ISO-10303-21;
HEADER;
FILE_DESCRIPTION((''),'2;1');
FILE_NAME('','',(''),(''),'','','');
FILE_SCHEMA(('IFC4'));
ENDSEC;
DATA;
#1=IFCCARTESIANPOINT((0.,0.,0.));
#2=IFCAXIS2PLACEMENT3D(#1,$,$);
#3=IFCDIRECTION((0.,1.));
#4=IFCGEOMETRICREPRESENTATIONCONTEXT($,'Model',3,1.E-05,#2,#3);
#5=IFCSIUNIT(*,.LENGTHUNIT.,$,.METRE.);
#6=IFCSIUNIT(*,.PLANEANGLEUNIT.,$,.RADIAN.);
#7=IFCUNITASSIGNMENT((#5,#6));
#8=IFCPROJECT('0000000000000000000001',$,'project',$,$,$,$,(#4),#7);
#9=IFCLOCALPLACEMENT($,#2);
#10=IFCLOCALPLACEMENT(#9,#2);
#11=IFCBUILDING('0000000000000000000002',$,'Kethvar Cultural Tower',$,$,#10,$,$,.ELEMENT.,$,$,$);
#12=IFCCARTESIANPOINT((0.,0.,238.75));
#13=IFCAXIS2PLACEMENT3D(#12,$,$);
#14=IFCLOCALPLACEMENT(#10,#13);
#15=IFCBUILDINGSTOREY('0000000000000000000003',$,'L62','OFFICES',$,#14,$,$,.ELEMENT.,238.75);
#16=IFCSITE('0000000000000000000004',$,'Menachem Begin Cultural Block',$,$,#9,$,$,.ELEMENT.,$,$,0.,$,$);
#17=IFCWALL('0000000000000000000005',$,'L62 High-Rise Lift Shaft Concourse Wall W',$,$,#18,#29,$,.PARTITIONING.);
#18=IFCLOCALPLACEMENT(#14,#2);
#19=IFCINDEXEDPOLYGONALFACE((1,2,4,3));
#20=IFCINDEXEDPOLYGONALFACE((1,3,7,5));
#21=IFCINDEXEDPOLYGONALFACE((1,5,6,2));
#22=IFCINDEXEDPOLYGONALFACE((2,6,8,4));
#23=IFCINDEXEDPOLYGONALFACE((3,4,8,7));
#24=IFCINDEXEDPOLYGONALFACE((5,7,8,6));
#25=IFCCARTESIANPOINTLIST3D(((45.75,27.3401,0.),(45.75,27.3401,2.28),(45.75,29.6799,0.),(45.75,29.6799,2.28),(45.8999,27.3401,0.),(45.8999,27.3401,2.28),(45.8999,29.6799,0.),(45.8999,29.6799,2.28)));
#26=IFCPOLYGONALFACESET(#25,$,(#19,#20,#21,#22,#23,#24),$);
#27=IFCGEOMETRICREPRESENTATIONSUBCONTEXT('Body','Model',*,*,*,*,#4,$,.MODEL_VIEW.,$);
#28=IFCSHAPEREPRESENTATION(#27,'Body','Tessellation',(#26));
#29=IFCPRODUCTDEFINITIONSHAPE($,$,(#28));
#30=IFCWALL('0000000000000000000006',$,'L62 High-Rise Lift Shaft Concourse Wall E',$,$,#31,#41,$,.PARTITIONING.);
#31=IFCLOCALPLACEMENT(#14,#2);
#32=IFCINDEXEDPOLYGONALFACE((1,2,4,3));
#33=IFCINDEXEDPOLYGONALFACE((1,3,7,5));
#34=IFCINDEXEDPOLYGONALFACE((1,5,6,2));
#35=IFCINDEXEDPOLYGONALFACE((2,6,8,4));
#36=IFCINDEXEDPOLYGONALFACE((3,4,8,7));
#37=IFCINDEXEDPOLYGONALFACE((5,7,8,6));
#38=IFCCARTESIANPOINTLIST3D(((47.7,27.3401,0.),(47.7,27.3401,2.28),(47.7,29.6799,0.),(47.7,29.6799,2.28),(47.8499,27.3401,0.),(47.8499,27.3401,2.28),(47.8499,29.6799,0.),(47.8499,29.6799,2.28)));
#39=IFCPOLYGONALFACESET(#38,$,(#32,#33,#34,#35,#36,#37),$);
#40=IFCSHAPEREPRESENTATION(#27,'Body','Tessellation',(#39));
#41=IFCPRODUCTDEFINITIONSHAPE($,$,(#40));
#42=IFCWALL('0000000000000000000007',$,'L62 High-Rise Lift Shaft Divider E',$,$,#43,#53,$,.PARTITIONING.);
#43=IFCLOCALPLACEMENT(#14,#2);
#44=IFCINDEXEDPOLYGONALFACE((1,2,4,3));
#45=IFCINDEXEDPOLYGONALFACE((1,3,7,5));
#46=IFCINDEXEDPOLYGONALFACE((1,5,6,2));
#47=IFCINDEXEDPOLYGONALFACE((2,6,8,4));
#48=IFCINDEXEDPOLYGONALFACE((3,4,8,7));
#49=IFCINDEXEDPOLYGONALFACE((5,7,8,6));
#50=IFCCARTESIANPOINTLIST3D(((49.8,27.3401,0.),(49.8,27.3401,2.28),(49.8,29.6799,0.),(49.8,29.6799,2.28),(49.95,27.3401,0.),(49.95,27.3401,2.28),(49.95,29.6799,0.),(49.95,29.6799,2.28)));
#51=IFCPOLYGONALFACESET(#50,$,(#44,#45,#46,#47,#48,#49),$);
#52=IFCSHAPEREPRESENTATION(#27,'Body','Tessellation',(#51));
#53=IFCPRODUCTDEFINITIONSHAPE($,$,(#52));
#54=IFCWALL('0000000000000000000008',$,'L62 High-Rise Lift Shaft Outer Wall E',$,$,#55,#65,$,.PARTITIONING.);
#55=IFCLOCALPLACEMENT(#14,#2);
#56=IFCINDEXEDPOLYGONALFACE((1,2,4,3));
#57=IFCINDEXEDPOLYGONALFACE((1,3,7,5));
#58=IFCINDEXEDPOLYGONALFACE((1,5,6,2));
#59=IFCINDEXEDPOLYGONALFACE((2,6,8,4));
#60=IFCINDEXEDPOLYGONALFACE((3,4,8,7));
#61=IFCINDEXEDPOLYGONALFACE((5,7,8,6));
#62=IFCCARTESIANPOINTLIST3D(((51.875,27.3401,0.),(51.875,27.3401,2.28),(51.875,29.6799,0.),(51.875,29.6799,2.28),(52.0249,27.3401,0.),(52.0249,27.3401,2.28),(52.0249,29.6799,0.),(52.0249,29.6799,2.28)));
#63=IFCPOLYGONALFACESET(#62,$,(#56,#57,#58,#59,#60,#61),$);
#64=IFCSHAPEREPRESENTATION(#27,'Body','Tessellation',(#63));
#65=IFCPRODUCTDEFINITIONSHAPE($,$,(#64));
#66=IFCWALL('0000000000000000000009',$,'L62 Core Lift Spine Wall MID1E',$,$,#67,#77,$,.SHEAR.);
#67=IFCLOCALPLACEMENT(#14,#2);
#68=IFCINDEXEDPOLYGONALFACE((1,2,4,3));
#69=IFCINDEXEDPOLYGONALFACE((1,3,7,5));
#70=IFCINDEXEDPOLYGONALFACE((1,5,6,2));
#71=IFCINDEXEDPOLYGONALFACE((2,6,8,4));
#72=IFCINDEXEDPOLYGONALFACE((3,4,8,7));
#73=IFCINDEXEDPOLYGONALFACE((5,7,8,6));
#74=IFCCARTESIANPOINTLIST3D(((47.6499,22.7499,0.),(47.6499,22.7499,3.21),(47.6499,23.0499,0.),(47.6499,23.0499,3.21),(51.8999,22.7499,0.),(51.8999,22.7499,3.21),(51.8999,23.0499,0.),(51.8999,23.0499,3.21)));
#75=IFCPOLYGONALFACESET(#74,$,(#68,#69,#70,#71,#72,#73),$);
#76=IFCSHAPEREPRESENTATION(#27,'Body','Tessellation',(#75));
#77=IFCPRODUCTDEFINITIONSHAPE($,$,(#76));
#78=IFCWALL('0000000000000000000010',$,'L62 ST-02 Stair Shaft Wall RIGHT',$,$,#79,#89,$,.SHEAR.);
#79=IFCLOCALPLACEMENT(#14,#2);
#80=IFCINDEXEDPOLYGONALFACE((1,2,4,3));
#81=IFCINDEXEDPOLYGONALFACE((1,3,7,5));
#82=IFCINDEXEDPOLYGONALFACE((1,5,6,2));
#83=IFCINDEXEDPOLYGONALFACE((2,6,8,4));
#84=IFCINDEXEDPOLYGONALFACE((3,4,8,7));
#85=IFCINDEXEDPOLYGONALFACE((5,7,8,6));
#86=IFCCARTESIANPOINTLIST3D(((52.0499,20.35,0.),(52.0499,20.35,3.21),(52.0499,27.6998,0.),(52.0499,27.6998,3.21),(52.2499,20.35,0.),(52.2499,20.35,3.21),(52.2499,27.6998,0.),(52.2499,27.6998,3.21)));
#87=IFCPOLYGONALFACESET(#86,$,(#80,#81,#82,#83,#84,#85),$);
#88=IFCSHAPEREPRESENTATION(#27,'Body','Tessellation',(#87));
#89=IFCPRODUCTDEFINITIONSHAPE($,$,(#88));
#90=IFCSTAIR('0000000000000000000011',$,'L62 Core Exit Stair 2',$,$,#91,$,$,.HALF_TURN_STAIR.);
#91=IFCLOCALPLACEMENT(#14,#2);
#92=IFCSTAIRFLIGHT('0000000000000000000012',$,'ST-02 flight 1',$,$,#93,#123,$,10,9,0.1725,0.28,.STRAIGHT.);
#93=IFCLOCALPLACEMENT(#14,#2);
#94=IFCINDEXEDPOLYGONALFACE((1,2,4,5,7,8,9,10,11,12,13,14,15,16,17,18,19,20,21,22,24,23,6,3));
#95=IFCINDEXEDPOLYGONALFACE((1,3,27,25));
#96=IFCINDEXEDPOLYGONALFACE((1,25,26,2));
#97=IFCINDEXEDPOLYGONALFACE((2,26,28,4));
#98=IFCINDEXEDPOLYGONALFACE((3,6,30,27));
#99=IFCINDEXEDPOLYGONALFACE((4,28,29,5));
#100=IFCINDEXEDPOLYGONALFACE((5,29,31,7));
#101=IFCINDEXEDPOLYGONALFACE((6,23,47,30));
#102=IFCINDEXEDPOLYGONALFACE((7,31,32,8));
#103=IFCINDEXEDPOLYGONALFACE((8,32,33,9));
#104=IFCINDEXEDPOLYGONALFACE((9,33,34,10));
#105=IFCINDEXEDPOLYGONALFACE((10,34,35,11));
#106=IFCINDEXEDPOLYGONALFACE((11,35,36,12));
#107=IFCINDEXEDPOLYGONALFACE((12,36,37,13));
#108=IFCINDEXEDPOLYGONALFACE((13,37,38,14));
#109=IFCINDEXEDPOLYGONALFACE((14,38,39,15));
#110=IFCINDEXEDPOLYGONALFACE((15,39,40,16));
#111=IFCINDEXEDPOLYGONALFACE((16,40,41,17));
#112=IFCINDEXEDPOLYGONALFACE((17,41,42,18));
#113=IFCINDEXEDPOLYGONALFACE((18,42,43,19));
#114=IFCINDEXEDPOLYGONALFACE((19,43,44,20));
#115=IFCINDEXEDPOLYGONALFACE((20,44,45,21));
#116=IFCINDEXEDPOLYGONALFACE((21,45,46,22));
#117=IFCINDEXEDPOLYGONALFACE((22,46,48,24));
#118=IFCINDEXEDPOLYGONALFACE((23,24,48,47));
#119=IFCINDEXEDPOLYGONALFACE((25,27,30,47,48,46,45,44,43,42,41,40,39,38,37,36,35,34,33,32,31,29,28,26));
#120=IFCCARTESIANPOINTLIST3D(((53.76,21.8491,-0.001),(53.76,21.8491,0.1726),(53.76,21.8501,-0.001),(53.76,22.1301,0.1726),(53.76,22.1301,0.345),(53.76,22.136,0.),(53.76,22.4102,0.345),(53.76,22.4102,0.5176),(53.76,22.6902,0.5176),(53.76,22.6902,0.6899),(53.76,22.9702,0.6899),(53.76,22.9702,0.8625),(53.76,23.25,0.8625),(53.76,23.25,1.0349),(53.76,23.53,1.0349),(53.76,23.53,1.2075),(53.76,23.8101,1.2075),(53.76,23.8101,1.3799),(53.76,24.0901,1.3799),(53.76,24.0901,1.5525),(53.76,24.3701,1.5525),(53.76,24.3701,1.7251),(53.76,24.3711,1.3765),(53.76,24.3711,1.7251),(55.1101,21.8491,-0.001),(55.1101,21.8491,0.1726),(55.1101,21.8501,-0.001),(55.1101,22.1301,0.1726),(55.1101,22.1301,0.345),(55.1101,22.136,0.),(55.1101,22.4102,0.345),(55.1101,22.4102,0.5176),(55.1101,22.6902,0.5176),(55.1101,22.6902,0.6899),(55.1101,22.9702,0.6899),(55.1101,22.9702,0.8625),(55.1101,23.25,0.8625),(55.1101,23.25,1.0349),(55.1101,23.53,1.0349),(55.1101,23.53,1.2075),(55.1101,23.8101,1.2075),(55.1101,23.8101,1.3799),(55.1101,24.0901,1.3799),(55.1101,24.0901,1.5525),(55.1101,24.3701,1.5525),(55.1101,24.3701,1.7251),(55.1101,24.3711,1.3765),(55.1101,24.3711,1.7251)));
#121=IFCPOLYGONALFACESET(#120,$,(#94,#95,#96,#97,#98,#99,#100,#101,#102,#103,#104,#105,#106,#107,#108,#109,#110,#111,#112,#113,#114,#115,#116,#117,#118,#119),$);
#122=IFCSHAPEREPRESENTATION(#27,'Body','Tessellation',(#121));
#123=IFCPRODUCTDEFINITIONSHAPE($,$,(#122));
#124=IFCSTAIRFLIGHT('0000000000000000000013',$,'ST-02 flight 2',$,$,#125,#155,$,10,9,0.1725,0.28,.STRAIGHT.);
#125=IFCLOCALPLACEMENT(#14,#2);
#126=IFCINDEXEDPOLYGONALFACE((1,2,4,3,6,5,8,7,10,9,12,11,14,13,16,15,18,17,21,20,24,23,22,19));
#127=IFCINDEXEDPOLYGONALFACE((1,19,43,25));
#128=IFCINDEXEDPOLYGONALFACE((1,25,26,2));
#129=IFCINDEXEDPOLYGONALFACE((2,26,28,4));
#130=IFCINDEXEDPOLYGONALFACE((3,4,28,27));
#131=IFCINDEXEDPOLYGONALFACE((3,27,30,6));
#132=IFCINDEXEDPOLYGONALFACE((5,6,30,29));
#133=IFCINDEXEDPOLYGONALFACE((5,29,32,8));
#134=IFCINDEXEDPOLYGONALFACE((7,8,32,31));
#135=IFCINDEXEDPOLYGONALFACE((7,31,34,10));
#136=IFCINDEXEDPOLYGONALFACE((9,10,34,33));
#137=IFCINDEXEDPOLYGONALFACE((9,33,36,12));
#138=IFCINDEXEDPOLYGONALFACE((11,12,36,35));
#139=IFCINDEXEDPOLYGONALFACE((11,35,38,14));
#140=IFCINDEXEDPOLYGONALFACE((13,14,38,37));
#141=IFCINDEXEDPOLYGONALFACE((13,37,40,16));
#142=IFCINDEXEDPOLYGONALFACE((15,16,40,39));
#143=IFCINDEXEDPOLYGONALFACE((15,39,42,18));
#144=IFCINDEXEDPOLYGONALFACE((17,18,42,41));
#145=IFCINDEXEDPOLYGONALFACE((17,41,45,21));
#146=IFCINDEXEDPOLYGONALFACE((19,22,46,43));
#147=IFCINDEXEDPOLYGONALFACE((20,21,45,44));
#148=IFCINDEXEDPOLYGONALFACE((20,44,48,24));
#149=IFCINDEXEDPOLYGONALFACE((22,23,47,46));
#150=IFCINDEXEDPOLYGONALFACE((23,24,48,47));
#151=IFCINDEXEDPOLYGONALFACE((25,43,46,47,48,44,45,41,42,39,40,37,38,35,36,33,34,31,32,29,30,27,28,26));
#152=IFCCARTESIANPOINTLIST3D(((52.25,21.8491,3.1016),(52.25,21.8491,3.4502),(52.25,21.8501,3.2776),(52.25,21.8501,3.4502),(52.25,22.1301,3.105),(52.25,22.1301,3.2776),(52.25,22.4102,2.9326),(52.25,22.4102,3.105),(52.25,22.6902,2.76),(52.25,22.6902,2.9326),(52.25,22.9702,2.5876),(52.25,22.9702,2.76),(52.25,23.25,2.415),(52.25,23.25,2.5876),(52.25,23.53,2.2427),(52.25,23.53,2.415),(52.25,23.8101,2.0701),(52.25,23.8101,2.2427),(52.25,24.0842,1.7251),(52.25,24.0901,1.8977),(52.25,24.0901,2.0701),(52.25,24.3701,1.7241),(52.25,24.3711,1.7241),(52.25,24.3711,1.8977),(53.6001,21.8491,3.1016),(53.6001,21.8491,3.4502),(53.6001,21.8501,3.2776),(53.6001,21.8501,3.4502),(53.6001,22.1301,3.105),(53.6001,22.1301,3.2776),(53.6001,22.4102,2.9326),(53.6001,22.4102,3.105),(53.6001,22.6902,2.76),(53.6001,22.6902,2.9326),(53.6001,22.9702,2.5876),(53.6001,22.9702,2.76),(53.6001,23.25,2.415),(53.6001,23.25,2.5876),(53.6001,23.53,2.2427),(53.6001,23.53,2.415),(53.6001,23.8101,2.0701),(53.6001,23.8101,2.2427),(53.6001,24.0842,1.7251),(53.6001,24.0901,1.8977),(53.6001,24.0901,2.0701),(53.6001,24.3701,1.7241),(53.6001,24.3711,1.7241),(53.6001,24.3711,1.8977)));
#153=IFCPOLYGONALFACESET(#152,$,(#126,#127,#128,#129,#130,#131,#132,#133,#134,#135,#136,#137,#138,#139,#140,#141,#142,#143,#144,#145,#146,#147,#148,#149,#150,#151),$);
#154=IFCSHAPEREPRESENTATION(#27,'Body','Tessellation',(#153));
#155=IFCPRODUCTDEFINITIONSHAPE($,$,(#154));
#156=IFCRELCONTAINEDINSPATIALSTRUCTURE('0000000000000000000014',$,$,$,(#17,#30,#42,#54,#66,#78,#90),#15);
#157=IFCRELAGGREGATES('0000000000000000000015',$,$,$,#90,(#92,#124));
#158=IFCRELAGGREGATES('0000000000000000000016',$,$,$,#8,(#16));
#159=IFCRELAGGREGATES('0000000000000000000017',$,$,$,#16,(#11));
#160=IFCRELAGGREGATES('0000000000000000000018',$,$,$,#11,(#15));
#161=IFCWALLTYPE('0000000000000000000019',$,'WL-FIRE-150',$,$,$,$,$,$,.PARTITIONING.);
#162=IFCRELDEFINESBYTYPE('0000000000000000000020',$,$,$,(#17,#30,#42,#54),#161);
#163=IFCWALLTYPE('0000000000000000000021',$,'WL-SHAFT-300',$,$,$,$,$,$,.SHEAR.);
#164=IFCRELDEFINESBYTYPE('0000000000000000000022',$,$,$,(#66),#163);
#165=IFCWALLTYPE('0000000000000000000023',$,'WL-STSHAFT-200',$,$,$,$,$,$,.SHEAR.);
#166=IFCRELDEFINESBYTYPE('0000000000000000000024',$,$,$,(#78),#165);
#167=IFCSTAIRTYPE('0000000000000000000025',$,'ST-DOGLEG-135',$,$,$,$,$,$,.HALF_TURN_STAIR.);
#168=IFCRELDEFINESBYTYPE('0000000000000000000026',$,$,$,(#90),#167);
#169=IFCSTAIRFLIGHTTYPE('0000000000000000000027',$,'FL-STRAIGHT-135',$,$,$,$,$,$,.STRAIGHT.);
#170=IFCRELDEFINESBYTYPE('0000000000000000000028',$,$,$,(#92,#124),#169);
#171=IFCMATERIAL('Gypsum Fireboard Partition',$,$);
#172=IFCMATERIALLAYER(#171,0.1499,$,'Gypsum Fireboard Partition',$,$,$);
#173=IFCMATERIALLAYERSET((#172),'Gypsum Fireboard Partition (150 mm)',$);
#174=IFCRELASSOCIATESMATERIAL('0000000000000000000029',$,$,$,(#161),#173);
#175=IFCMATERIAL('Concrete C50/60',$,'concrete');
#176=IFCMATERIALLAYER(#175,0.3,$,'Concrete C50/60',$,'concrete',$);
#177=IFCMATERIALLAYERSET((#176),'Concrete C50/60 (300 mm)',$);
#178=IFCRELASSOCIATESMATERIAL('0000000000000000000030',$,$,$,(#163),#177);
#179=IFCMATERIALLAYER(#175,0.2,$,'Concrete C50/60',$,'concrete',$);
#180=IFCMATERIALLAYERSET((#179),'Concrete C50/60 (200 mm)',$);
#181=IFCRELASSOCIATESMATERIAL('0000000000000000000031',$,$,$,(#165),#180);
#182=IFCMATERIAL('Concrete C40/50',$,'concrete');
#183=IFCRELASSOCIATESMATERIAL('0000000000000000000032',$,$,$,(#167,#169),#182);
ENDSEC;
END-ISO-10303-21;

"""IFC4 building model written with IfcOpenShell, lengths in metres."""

from ifc_helpers import new_model, si_unit, direction, frame, frame_2d, origin, place, context, subcontext, project, spatial, polyline, rectangle, outline, extrude, material, layer, layer_set, type_object, element, aggregate, save


model = new_model("IFC4")

# Units and contexts
model_context = context("Model", 3, precision=1e-05, world=origin(), true_north=direction((0.0, 1.0)))
body_context = subcontext(model_context, "Body", "Model", "MODEL_VIEW")
ifc_project = project(units=[si_unit("LENGTHUNIT", "METRE"), si_unit("PLANEANGLEUNIT", "RADIAN")], contexts=[model_context])

# Site, building, storey
site_placement = place(None, origin())
site = spatial("IfcSite", under=ifc_project, at=site_placement, Name="Menachem Begin Cultural Block", CompositionType="ELEMENT", RefElevation=0.0)
building_placement = place(site_placement, origin())
building = spatial("IfcBuilding", under=site, at=building_placement, Name="Kethvar Cultural Tower", CompositionType="ELEMENT")
storey_placement = place(building_placement, frame((0.0, 0.0, 238.75)))
storey = spatial("IfcBuildingStorey", under=building, at=storey_placement, Name="L62", Description="OFFICES", CompositionType="ELEMENT", Elevation=238.75)

# Shared definitions
ifc_material_1 = material(Name="Gypsum Fireboard Partition")
ifc_layer_1 = layer(ifc_material_1, 0.1499, Name="Gypsum Fireboard Partition")
ifc_layer_set_1 = layer_set([ifc_layer_1], Name="Gypsum Fireboard Partition (150 mm)")
wall_type_1 = type_object("IfcWallType", Name="WL-FIRE-150", PredefinedType="PARTITIONING", material=ifc_layer_set_1)

# Walls
for number, where, z_axis, x_axis, name in (
    (1, (45.825, 27.3401, 0.0), (0.0, 0.0, 1.0), (0.0, 1.0, 0.0), "L62 High-Rise Lift Shaft Concourse Wall W"),
    (2, (47.7749, 27.3401, 0.0), (0.0, 0.0, 1.0), (0.0, 1.0, 0.0), "L62 High-Rise Lift Shaft Concourse Wall E"),
    (3, (49.875, 27.3401, 0.0), (0.0, 0.0, 1.0), (0.0, 1.0, 0.0), "L62 High-Rise Lift Shaft Divider E"),
    (4, (51.95, 27.3401, 0.0), (0.0, 0.0, 1.0), (0.0, 1.0, 0.0), "L62 High-Rise Lift Shaft Outer Wall E"),
):
    element("IfcWall", number, at=place(storey_placement, frame(where, z_axis=z_axis, x_axis=x_axis)), inside=storey, type_object=wall_type_1, Name=name, PredefinedType="PARTITIONING", context=body_context, shape_type="SweptSolid", body=[
        extrude(rectangle(XDim=2.3398, YDim=0.1499, at=frame_2d((1.1699, 0.0))), origin(), (0.0, 0.0, 1.0), 2.28),
    ])
ifc_material_2 = material(Name="Concrete C50/60", Category="concrete")
ifc_layer_2 = layer(ifc_material_2, 0.3, Name="Concrete C50/60", Category="concrete")
ifc_layer_set_2 = layer_set([ifc_layer_2], Name="Concrete C50/60 (300 mm)")
wall_type_2 = type_object("IfcWallType", Name="WL-SHAFT-300", PredefinedType="SHEAR", material=ifc_layer_set_2)
wall_1_placement = place(storey_placement, frame((47.6499, 22.8999, 0.0), z_axis=(0.0, 0.0, 1.0), x_axis=(1.0, 0.0, 0.0)))
element("IfcWall", 5, at=wall_1_placement, inside=storey, type_object=wall_type_2, Name="L62 Core Lift Spine Wall MID1E", PredefinedType="SHEAR", context=body_context, shape_type="SweptSolid", body=[
    extrude(rectangle(XDim=4.25, YDim=0.3, at=frame_2d((2.125, 0.0))), origin(), (0.0, 0.0, 1.0), 3.21),
])

# Wall
ifc_layer_3 = layer(ifc_material_2, 0.2, Name="Concrete C50/60", Category="concrete")
ifc_layer_set_3 = layer_set([ifc_layer_3], Name="Concrete C50/60 (200 mm)")
wall_type_3 = type_object("IfcWallType", Name="WL-STSHAFT-200", PredefinedType="SHEAR", material=ifc_layer_set_3)
wall_2_placement = place(storey_placement, frame((52.1499, 20.3501, 0.0), z_axis=(0.0, 0.0, 1.0), x_axis=(0.0, 1.0, 0.0)))
element("IfcWall", 6, at=wall_2_placement, inside=storey, type_object=wall_type_3, Name="L62 ST-02 Stair Shaft Wall RIGHT", PredefinedType="SHEAR", context=body_context, shape_type="SweptSolid", body=[
    extrude(rectangle(XDim=7.3499, YDim=0.2, at=frame_2d((3.6748, 0.0))), origin(), (0.0, 0.0, 1.0), 3.21),
])

# Stair, stair flights
ifc_material_3 = material(Name="Concrete C40/50", Category="concrete")
stair_type = type_object("IfcStairType", Name="ST-DOGLEG-135", PredefinedType="HALF_TURN_STAIR", material=ifc_material_3)
stair_placement = place(storey_placement, origin())
stair = element("IfcStair", 7, at=stair_placement, inside=storey, type_object=stair_type, Name="L62 Core Exit Stair 2", PredefinedType="HALF_TURN_STAIR")
stair_flight_type = type_object("IfcStairFlightType", Name="FL-STRAIGHT-135", PredefinedType="STRAIGHT", material=ifc_material_3)
stair_flight_1_placement = place(storey_placement, frame((54.4351, 21.8501, 0.0), z_axis=(0.0, 0.0, 1.0), x_axis=(0.0, 1.0, 0.0)))
stair_flight_1 = element("IfcStairFlight", 8, at=stair_flight_1_placement, type_object=stair_flight_type, Name="ST-02 flight 1", NumberOfRisers=10, NumberOfTreads=9, PredefinedType="STRAIGHT", RiserHeight=0.1725, TreadLength=0.28, context=body_context, shape_type="SweptSolid", body=[
    extrude(outline(polyline([(-0.001, -0.001), (-0.001, 0.1726), (0.28, 0.1726), (0.28, 0.345), (0.5601, 0.345), (0.5601, 0.5176), (0.8401, 0.5176), (0.8401, 0.6899), (1.1201, 0.6899), (1.1201, 0.8625), (1.3999, 0.8625), (1.3999, 1.0349), (1.6799, 1.0349), (1.6799, 1.2075), (1.96, 1.2075), (1.96, 1.3799), (2.24, 1.3799), (2.24, 1.5525), (2.52, 1.5525), (2.52, 1.7251), (2.521, 1.7251), (2.521, 1.3765), (0.2859, 0.0), (0.0, -0.001), (-0.001, -0.001)])), frame((0.0, 0.675, 0.0), z_axis=(0.0, -1.0, 0.0), x_axis=(1.0, 0.0, 0.0)), (0.0, 0.0, 1.0), 1.3501),
])
stair_flight_2_placement = place(storey_placement, frame((52.925, 24.3701, 1.7251), z_axis=(0.0, 0.0, 1.0), x_axis=(0.0, -1.0, 0.0)))
stair_flight_2 = element("IfcStairFlight", 9, at=stair_flight_2_placement, type_object=stair_flight_type, Name="ST-02 flight 2", NumberOfRisers=10, NumberOfTreads=9, PredefinedType="STRAIGHT", RiserHeight=0.1725, TreadLength=0.28, context=body_context, shape_type="SweptSolid", body=[
    extrude(outline(polyline([(-0.001, -0.001), (-0.001, 0.1726), (0.28, 0.1726), (0.28, 0.345), (0.5601, 0.345), (0.5601, 0.5176), (0.8401, 0.5176), (0.8401, 0.6899), (1.1201, 0.6899), (1.1201, 0.8625), (1.3999, 0.8625), (1.3999, 1.0349), (1.6799, 1.0349), (1.6799, 1.2075), (1.96, 1.2075), (1.96, 1.3799), (2.24, 1.3799), (2.24, 1.5525), (2.52, 1.5525), (2.52, 1.7251), (2.521, 1.7251), (2.521, 1.3765), (0.2859, 0.0), (0.0, -0.001), (-0.001, -0.001)])), frame((0.0, 0.675, 0.0), z_axis=(0.0, -1.0, 0.0), x_axis=(1.0, 0.0, 0.0)), (0.0, 0.0, 1.0), 1.3501),
])
aggregate(stair, [stair_flight_1, stair_flight_2])

save(model, "model.ifc")
